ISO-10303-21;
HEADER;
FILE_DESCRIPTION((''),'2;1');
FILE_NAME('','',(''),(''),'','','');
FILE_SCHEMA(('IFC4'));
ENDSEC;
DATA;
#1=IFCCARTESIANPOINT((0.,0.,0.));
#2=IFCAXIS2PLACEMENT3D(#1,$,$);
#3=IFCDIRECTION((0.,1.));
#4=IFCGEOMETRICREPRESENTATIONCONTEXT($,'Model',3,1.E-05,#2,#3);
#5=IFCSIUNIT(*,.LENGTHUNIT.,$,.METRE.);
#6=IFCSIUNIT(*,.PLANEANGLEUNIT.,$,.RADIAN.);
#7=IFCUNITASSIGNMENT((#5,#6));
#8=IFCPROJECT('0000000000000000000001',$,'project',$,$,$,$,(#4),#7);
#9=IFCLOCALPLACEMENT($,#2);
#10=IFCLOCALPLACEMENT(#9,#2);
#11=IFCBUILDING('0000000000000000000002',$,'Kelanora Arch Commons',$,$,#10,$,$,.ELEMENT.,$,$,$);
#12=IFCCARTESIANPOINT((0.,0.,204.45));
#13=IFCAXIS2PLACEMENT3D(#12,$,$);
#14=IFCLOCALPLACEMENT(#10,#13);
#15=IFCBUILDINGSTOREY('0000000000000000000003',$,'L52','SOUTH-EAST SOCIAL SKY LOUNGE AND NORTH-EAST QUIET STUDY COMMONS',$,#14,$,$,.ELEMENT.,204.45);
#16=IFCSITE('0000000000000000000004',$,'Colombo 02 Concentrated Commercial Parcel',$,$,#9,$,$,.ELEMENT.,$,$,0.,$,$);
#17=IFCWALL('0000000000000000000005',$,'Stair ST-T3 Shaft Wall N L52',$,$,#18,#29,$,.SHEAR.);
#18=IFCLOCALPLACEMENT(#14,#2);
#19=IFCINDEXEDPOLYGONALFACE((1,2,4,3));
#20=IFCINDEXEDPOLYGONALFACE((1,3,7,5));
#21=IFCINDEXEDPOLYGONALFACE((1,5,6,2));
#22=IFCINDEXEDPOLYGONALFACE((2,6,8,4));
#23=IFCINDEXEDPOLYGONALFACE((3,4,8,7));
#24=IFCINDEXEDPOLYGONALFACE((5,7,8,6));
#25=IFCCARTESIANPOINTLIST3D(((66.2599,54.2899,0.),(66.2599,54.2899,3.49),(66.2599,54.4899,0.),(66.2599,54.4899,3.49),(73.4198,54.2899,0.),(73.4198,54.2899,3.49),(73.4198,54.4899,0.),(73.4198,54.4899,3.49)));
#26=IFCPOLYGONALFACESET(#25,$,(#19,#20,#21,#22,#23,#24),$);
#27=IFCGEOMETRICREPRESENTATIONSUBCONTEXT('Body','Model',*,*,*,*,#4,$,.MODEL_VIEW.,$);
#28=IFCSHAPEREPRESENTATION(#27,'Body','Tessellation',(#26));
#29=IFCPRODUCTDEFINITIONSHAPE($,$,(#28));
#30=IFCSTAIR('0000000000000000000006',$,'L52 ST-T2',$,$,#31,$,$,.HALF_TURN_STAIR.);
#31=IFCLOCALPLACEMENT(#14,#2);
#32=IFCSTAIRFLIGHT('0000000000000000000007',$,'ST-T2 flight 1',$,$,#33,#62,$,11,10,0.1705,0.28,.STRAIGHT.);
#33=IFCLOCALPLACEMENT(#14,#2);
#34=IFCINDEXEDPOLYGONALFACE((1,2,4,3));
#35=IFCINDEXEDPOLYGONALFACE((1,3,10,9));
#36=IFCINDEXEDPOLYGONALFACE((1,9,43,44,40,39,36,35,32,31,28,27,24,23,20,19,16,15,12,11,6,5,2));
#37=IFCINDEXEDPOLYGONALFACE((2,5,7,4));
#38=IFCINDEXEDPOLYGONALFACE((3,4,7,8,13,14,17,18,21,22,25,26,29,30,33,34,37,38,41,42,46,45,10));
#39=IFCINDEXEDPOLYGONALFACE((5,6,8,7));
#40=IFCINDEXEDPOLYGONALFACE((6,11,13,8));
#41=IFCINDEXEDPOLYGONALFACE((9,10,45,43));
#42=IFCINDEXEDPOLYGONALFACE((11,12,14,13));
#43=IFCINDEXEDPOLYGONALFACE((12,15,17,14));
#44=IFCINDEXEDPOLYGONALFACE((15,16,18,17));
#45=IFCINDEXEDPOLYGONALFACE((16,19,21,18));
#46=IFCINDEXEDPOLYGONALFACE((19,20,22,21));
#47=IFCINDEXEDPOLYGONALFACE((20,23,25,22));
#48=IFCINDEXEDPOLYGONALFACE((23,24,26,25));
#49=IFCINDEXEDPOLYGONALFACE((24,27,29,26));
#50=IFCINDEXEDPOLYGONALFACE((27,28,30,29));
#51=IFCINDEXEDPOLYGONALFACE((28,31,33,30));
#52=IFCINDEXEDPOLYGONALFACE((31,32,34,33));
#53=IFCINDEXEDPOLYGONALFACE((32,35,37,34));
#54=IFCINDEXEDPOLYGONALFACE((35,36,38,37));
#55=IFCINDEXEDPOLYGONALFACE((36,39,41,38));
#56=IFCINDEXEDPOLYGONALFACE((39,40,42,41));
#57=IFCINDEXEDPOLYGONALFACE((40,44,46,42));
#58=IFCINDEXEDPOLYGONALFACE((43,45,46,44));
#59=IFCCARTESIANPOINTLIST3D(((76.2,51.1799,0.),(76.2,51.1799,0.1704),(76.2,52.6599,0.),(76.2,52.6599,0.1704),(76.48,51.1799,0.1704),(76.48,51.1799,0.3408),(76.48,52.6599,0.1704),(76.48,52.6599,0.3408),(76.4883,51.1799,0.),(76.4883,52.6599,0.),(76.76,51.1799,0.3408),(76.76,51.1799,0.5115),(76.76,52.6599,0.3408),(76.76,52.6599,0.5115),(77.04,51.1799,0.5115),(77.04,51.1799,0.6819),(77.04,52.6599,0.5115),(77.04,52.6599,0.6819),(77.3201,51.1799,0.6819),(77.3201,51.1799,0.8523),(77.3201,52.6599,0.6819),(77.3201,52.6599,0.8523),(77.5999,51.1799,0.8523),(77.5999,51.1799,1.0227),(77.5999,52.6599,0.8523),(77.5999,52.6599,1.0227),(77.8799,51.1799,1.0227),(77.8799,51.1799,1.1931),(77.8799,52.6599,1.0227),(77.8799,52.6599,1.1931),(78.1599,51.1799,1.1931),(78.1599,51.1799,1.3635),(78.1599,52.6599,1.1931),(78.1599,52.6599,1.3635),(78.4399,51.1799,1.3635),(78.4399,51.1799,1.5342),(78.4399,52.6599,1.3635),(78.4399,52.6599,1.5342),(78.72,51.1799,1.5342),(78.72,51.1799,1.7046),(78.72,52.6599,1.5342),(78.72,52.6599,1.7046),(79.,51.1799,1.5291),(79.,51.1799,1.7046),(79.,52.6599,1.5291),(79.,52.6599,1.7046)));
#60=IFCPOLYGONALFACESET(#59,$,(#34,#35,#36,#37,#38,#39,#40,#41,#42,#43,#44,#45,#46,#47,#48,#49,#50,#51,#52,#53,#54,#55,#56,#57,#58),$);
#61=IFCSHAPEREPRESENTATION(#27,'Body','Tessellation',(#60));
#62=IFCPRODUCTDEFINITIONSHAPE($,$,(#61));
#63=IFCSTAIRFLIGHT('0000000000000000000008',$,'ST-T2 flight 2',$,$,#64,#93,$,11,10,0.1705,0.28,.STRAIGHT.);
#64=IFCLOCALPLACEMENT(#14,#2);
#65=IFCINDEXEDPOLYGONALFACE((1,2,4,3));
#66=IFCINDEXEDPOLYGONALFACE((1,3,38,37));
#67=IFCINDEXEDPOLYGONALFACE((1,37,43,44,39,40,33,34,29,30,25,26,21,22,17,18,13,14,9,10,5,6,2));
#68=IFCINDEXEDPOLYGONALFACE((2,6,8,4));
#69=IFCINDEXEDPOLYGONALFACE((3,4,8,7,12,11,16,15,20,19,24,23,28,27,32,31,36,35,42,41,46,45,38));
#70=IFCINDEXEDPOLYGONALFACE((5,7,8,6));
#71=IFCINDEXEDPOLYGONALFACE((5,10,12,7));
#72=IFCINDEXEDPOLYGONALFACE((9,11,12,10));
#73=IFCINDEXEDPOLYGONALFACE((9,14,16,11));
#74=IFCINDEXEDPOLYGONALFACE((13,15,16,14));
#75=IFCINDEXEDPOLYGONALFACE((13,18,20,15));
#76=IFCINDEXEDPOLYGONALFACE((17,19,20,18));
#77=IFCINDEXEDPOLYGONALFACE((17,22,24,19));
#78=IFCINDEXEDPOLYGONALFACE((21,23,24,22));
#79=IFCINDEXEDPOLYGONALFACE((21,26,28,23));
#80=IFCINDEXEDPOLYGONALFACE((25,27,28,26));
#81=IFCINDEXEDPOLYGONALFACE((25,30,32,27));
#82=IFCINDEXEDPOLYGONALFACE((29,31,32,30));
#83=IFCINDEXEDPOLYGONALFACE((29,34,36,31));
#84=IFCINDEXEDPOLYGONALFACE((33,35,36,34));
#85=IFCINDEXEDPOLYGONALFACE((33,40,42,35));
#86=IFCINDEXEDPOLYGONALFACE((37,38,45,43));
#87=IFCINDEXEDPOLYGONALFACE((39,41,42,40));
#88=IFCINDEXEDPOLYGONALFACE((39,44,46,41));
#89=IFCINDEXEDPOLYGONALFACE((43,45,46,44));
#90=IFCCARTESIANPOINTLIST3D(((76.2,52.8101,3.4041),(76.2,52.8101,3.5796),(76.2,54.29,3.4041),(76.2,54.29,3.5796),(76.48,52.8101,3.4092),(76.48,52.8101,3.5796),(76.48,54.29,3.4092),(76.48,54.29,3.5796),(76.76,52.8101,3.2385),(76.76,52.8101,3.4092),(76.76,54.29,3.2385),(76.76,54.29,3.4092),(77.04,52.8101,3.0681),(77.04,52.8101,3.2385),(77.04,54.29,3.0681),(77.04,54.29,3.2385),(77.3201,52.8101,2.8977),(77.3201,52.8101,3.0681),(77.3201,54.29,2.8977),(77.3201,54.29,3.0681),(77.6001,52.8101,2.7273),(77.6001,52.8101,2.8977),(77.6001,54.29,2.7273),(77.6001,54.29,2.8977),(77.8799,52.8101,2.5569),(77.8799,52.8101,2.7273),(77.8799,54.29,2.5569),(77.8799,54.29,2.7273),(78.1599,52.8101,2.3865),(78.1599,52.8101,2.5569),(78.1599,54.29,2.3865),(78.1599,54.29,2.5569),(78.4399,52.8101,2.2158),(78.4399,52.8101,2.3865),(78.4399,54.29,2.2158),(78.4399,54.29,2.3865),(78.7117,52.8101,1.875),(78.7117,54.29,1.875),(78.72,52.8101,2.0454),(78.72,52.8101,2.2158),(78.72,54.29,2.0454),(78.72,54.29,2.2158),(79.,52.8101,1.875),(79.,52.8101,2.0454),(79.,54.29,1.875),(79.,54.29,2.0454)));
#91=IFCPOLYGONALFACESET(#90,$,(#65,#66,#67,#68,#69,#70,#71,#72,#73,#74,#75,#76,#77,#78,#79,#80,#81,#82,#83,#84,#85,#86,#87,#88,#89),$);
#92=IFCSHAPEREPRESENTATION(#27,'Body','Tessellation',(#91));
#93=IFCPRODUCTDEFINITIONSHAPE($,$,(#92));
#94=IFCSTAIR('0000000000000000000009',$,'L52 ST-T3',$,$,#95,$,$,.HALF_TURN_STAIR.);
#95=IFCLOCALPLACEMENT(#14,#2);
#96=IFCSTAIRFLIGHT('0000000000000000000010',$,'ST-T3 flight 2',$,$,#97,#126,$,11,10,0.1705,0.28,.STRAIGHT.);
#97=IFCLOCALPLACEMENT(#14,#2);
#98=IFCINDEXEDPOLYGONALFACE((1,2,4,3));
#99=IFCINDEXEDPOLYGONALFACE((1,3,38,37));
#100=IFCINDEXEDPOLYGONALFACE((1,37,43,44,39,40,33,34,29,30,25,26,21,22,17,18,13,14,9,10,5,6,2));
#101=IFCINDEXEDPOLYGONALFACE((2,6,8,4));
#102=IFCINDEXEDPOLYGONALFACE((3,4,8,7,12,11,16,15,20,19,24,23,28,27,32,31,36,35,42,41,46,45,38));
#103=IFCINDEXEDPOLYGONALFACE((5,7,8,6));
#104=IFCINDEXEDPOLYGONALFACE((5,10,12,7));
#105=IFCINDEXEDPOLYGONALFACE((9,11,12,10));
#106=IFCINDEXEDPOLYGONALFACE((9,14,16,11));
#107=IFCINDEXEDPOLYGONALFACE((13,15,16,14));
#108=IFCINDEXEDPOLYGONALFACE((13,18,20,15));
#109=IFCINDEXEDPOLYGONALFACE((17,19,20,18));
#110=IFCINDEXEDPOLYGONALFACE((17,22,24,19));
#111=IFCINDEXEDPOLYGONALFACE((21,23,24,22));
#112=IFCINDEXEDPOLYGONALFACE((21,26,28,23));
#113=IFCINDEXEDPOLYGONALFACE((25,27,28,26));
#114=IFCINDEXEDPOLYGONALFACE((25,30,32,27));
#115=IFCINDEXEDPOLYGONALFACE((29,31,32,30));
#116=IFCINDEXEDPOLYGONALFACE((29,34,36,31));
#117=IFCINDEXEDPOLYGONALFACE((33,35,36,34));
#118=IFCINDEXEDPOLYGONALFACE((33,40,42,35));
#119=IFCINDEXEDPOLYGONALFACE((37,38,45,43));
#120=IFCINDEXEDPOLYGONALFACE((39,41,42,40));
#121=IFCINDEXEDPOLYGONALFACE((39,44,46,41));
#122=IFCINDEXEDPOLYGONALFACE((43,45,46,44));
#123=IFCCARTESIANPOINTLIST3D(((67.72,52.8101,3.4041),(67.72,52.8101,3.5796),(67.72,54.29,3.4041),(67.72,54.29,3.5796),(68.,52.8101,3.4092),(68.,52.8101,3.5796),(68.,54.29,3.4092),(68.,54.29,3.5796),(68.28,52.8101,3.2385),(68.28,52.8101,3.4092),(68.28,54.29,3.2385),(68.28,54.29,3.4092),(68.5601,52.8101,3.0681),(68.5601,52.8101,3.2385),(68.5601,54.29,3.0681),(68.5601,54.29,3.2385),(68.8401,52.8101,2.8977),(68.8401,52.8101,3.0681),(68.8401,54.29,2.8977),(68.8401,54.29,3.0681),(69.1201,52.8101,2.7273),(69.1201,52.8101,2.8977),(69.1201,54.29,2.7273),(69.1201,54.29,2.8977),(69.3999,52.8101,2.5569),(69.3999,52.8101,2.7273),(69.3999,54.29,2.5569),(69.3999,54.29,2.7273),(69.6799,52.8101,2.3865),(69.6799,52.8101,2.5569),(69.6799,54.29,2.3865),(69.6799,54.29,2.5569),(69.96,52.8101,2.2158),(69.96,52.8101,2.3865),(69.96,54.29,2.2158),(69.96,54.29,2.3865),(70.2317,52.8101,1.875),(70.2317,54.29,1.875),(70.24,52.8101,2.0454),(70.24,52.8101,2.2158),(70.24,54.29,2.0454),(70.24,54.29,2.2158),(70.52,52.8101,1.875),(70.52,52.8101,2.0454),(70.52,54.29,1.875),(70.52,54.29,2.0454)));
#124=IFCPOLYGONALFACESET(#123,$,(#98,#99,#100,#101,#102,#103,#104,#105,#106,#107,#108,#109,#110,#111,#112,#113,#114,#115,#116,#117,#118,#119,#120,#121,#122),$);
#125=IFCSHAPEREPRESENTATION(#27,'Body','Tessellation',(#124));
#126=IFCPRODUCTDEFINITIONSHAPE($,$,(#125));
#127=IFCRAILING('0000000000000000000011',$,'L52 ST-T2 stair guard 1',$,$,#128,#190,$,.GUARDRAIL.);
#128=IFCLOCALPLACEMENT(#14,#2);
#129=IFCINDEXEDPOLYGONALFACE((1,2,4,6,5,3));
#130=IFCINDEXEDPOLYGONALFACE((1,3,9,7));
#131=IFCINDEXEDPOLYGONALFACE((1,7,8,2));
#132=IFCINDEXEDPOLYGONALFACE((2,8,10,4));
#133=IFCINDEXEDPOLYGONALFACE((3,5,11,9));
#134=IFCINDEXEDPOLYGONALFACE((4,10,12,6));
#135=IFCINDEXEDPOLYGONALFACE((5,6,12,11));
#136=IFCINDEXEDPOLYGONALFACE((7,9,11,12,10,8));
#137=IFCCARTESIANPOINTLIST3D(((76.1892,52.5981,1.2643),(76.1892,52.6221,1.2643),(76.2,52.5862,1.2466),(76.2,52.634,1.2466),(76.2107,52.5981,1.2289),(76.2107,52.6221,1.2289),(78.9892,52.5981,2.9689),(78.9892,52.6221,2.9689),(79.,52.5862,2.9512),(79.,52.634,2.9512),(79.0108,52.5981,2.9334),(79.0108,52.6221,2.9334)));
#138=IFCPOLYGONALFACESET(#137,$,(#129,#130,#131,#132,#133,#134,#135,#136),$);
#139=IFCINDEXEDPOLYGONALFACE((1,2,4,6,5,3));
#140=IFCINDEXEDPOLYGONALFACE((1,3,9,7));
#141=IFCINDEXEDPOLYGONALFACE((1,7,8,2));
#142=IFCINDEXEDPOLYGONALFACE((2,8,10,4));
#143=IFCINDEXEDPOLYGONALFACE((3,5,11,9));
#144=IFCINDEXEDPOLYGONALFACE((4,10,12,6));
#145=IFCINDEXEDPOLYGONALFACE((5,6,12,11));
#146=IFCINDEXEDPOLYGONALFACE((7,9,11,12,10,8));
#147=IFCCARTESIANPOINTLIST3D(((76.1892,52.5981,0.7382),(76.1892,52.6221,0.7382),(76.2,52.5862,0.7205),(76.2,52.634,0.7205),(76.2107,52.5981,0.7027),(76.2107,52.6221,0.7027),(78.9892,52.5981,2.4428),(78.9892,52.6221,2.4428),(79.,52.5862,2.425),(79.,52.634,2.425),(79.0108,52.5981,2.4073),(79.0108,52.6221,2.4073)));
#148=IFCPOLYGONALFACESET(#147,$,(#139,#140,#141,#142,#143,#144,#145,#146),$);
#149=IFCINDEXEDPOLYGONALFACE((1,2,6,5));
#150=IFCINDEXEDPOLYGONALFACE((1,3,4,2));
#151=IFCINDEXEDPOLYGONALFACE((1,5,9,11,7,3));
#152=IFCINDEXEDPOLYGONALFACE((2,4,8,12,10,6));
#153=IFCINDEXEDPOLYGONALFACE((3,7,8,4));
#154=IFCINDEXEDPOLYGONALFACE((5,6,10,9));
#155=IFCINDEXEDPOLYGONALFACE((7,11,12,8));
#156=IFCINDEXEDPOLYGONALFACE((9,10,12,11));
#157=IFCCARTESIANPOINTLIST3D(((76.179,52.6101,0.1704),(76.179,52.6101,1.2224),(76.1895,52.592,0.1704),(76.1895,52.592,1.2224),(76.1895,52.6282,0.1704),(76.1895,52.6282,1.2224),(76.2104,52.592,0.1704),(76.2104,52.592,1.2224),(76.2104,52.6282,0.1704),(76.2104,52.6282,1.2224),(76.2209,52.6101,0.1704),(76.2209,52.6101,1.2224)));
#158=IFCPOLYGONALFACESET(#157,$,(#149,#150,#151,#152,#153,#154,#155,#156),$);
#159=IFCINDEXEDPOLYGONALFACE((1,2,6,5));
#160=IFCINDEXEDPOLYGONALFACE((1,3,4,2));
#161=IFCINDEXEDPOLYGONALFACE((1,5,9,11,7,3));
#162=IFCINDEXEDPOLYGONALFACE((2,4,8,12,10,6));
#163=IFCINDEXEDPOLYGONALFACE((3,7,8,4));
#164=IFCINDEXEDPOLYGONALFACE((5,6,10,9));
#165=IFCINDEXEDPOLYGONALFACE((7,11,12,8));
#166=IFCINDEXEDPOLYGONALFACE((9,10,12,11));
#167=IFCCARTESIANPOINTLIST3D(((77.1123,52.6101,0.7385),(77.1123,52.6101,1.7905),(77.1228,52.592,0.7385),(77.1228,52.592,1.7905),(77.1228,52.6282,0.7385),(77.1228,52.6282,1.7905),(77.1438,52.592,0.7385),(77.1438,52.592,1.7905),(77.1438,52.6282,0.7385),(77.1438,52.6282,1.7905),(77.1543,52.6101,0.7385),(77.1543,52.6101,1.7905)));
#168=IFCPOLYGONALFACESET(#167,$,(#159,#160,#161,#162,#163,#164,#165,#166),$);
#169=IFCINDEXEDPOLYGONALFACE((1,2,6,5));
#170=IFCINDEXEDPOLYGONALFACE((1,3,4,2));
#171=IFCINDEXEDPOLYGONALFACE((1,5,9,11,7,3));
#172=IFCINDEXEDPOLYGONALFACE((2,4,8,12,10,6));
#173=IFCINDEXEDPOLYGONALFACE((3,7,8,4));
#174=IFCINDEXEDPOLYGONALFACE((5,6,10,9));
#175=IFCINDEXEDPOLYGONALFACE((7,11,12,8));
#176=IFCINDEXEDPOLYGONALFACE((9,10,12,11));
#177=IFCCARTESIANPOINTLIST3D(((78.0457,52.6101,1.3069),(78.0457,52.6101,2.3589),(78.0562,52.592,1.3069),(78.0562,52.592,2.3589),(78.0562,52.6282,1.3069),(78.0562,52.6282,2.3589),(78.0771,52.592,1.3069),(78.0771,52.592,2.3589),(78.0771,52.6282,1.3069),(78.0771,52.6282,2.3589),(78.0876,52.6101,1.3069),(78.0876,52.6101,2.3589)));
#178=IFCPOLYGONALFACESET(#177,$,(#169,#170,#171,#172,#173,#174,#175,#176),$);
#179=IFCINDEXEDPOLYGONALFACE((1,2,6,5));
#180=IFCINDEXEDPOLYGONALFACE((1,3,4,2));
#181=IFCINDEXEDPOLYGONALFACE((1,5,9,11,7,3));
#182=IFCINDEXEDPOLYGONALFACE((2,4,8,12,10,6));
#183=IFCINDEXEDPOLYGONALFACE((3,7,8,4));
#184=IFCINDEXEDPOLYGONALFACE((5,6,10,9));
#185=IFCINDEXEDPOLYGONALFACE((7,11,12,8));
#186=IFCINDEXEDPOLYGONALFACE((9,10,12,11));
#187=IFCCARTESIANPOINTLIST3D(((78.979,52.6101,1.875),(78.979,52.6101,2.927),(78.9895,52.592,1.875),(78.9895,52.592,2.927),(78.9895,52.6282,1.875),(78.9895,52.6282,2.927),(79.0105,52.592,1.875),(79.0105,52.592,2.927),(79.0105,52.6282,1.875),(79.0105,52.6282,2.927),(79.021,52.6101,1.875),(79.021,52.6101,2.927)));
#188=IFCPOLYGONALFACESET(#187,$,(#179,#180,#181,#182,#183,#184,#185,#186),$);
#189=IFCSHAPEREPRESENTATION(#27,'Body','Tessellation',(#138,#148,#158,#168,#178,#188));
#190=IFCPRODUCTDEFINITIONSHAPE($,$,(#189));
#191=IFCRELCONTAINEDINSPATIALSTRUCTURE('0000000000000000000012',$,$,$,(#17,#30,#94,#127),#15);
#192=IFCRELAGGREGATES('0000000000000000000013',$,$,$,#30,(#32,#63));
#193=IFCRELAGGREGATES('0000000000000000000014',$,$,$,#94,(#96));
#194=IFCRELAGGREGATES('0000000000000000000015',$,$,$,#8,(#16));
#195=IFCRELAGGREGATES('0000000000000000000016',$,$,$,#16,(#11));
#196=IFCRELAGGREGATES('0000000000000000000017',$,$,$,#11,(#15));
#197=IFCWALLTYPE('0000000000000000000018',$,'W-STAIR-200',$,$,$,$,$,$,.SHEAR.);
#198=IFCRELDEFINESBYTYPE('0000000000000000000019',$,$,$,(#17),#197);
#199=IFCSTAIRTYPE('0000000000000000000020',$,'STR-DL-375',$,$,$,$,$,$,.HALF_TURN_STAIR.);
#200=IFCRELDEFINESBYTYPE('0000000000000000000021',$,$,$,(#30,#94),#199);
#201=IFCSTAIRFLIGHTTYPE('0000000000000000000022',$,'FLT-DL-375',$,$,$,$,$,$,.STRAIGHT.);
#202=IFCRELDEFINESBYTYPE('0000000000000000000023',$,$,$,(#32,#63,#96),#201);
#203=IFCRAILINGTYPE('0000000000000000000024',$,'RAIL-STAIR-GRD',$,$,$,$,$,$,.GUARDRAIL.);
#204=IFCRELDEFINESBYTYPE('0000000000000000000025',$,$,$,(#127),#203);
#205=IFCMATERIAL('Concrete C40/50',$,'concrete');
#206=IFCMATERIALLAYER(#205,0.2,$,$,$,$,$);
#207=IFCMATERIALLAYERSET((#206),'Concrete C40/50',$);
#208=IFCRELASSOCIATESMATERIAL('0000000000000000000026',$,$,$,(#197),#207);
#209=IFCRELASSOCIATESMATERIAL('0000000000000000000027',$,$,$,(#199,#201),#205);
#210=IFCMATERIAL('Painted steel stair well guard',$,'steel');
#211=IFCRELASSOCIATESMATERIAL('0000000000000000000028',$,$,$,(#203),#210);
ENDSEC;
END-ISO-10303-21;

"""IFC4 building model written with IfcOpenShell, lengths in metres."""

from ifc_helpers import new_model, si_unit, direction, frame, frame_2d, origin, place, context, subcontext, project, spatial, polyline, rectangle, outline, extrude, material, layer, layer_set, type_object, element, aggregate, save


model = new_model("IFC4")

# Units and contexts
model_context = context("Model", 3, precision=1e-05, world=origin(), true_north=direction((0.0, 1.0)))
body_context = subcontext(model_context, "Body", "Model", "MODEL_VIEW")
ifc_project = project(units=[si_unit("LENGTHUNIT", "METRE"), si_unit("PLANEANGLEUNIT", "RADIAN")], contexts=[model_context])

# Site, building, storey
site_placement = place(None, origin())
site = spatial("IfcSite", under=ifc_project, at=site_placement, Name="Colombo 02 Concentrated Commercial Parcel", CompositionType="ELEMENT", RefElevation=0.0)
building_placement = place(site_placement, origin())
building = spatial("IfcBuilding", under=site, at=building_placement, Name="Kelanora Arch Commons", CompositionType="ELEMENT")
storey_placement = place(building_placement, frame((0.0, 0.0, 204.45)))
storey = spatial("IfcBuildingStorey", under=building, at=storey_placement, Name="L52", Description="SOUTH-EAST SOCIAL SKY LOUNGE AND NORTH-EAST QUIET STUDY COMMONS", CompositionType="ELEMENT", Elevation=204.45)

# Shared definitions
ifc_material_1 = material(Name="Concrete C40/50", Category="concrete")
ifc_layer_1 = layer(ifc_material_1, 0.2)
ifc_layer_set_1 = layer_set([ifc_layer_1], Name="Concrete C40/50")
wall_type_1 = type_object("IfcWallType", Name="W-STAIR-200", PredefinedType="SHEAR", material=ifc_layer_set_1)

# Wall
wall_1_placement = place(storey_placement, frame((73.4199, 54.3899, 0.0), z_axis=(0.0, 0.0, 1.0), x_axis=(-1.0, 0.0, 0.0)))
element("IfcWall", 1, at=wall_1_placement, inside=storey, type_object=wall_type_1, Name="Stair ST-T3 Shaft Wall N L52", PredefinedType="SHEAR", context=body_context, shape_type="SweptSolid", body=[
    extrude(rectangle(XDim=7.1599, YDim=0.2, at=frame_2d((3.5801, 0.0))), origin(), (0.0, 0.0, 1.0), 3.49),
])

# Stair, stair flights
stair_type = type_object("IfcStairType", Name="STR-DL-375", PredefinedType="HALF_TURN_STAIR", material=ifc_material_1)
stair_1_placement = place(storey_placement, origin())
stair_1 = element("IfcStair", 2, at=stair_1_placement, inside=storey, type_object=stair_type, Name="L52 ST-T2", PredefinedType="HALF_TURN_STAIR")
stair_flight_type = type_object("IfcStairFlightType", Name="FLT-DL-375", PredefinedType="STRAIGHT", material=ifc_material_1)
stair_flight_1_placement = place(storey_placement, frame((76.2, 51.9199, 0.0), z_axis=(0.0, 0.0, 1.0), x_axis=(1.0, 0.0, 0.0)))
stair_flight_1 = element("IfcStairFlight", 3, at=stair_flight_1_placement, type_object=stair_flight_type, Name="ST-T2 flight 1", NumberOfRisers=11, NumberOfTreads=10, PredefinedType="STRAIGHT", RiserHeight=0.1705, TreadLength=0.28, context=body_context, shape_type="SweptSolid", body=[
    extrude(outline(polyline([(0.0, 0.0), (0.0, 0.1704), (0.28, 0.1704), (0.28, 0.3408), (0.5601, 0.3408), (0.5601, 0.5115), (0.8401, 0.5115), (0.8401, 0.6819), (1.1201, 0.6819), (1.1201, 0.8523), (1.3999, 0.8523), (1.3999, 1.0227), (1.6799, 1.0227), (1.6799, 1.1931), (1.96, 1.1931), (1.96, 1.3635), (2.24, 1.3635), (2.24, 1.5342), (2.52, 1.5342), (2.52, 1.7046), (2.8, 1.7046), (2.8, 1.875), (2.8, 1.5291), (0.2883, 0.0), (0.0, 0.0)])), frame((0.0, 0.74, 0.0), z_axis=(0.0, -1.0, 0.0), x_axis=(1.0, 0.0, 0.0)), (0.0, 0.0, 1.0), 1.48),
])
stair_flight_2_placement = place(storey_placement, frame((79.0, 53.55, 1.875), z_axis=(0.0, 0.0, 1.0), x_axis=(-1.0, 0.0, 0.0)))
stair_flight_2 = element("IfcStairFlight", 4, at=stair_flight_2_placement, type_object=stair_flight_type, Name="ST-T2 flight 2", NumberOfRisers=11, NumberOfTreads=10, PredefinedType="STRAIGHT", RiserHeight=0.1705, TreadLength=0.28, context=body_context, shape_type="SweptSolid", body=[
    extrude(outline(polyline([(0.0, 0.0), (0.0, 0.1704), (0.28, 0.1704), (0.28, 0.3408), (0.5601, 0.3408), (0.5601, 0.5115), (0.8401, 0.5115), (0.8401, 0.6819), (1.1201, 0.6819), (1.1201, 0.8523), (1.3999, 0.8523), (1.3999, 1.0227), (1.6799, 1.0227), (1.6799, 1.1931), (1.96, 1.1931), (1.96, 1.3635), (2.24, 1.3635), (2.24, 1.5342), (2.52, 1.5342), (2.52, 1.7046), (2.8, 1.7046), (2.8, 1.875), (2.8, 1.5291), (0.2883, 0.0), (0.0, 0.0)])), frame((0.0, 0.74, 0.0), z_axis=(0.0, -1.0, 0.0), x_axis=(1.0, 0.0, 0.0)), (0.0, 0.0, 1.0), 1.48),
])
aggregate(stair_1, [stair_flight_1, stair_flight_2])

# Stair, stair flight
stair_2_placement = place(storey_placement, origin())
stair_2 = element("IfcStair", 5, at=stair_2_placement, inside=storey, type_object=stair_type, Name="L52 ST-T3", PredefinedType="HALF_TURN_STAIR")
stair_flight_3_placement = place(storey_placement, frame((70.52, 53.55, 1.875), z_axis=(0.0, 0.0, 1.0), x_axis=(-1.0, 0.0, 0.0)))
stair_flight_3 = element("IfcStairFlight", 6, at=stair_flight_3_placement, type_object=stair_flight_type, Name="ST-T3 flight 2", NumberOfRisers=11, NumberOfTreads=10, PredefinedType="STRAIGHT", RiserHeight=0.1705, TreadLength=0.28, context=body_context, shape_type="SweptSolid", body=[
    extrude(outline(polyline([(0.0, 0.0), (0.0, 0.1704), (0.28, 0.1704), (0.28, 0.3408), (0.5601, 0.3408), (0.5601, 0.5115), (0.8401, 0.5115), (0.8401, 0.6819), (1.1201, 0.6819), (1.1201, 0.8523), (1.3999, 0.8523), (1.3999, 1.0227), (1.6799, 1.0227), (1.6799, 1.1931), (1.96, 1.1931), (1.96, 1.3635), (2.24, 1.3635), (2.24, 1.5342), (2.52, 1.5342), (2.52, 1.7046), (2.8, 1.7046), (2.8, 1.875), (2.8, 1.5291), (0.2883, 0.0), (0.0, 0.0)])), frame((0.0, 0.74, 0.0), z_axis=(0.0, -1.0, 0.0), x_axis=(1.0, 0.0, 0.0)), (0.0, 0.0, 1.0), 1.48),
])
aggregate(stair_2, [stair_flight_3])

# Railing
ifc_material_2 = material(Name="Painted steel stair well guard", Category="steel")
railing_type_1 = type_object("IfcRailingType", Name="RAIL-STAIR-GRD", PredefinedType="GUARDRAIL", material=ifc_material_2)
railing_1_placement = place(storey_placement, frame((76.2, 52.6101, 0.1704)))
element("IfcRailing", 7, at=railing_1_placement, inside=storey, type_object=railing_type_1, Name="L52 ST-T2 stair guard 1", PredefinedType="GUARDRAIL", context=body_context, shape_type="SweptSolid", body=[
    extrude(outline(polyline([(0.0239, 0.0), (0.012, 0.0208), (-0.012, 0.0208), (-0.0239, 0.0), (-0.012, -0.0208), (0.012, -0.0208), (0.0239, 0.0)])), frame((0.0, 0.0, 1.0762), z_axis=(0.85417, 0.0, 0.519994), x_axis=(0.0, 1.0, 0.0)), (0.0, 0.0, 1.0), 3.2781),
    extrude(outline(polyline([(0.0239, 0.0), (0.012, 0.0208), (-0.012, 0.0208), (-0.0239, 0.0), (-0.012, -0.0208), (0.012, -0.0208), (0.0239, 0.0)])), frame((0.0, 0.0, 0.55), z_axis=(0.85417, 0.0, 0.519994), x_axis=(0.0, 1.0, 0.0)), (0.0, 0.0, 1.0), 3.2781),
    extrude(outline(polyline([(0.021, 0.0), (0.0105, 0.0181), (-0.0105, 0.0181), (-0.021, 0.0), (-0.0105, -0.0181), (0.0105, -0.0181), (0.021, 0.0)])), origin(), (0.0, 0.0, 1.0), 1.052),
    extrude(outline(polyline([(0.021, 0.0), (0.0105, 0.0181), (-0.0105, 0.0181), (-0.021, 0.0), (-0.0105, -0.0181), (0.0105, -0.0181), (0.021, 0.0)])), frame((0.9333, 0.0, 0.5681)), (0.0, 0.0, 1.0), 1.052),
    extrude(outline(polyline([(0.021, 0.0), (0.0105, 0.0181), (-0.0105, 0.0181), (-0.021, 0.0), (-0.0105, -0.0181), (0.0105, -0.0181), (0.021, 0.0)])), frame((1.8667, 0.0, 1.1365)), (0.0, 0.0, 1.0), 1.052),
    extrude(outline(polyline([(0.021, 0.0), (0.0105, 0.0181), (-0.0105, 0.0181), (-0.021, 0.0), (-0.0105, -0.0181), (0.0105, -0.0181), (0.021, 0.0)])), frame((2.8, 0.0, 1.7046)), (0.0, 0.0, 1.0), 1.052),
])

save(model, "model.ifc")
